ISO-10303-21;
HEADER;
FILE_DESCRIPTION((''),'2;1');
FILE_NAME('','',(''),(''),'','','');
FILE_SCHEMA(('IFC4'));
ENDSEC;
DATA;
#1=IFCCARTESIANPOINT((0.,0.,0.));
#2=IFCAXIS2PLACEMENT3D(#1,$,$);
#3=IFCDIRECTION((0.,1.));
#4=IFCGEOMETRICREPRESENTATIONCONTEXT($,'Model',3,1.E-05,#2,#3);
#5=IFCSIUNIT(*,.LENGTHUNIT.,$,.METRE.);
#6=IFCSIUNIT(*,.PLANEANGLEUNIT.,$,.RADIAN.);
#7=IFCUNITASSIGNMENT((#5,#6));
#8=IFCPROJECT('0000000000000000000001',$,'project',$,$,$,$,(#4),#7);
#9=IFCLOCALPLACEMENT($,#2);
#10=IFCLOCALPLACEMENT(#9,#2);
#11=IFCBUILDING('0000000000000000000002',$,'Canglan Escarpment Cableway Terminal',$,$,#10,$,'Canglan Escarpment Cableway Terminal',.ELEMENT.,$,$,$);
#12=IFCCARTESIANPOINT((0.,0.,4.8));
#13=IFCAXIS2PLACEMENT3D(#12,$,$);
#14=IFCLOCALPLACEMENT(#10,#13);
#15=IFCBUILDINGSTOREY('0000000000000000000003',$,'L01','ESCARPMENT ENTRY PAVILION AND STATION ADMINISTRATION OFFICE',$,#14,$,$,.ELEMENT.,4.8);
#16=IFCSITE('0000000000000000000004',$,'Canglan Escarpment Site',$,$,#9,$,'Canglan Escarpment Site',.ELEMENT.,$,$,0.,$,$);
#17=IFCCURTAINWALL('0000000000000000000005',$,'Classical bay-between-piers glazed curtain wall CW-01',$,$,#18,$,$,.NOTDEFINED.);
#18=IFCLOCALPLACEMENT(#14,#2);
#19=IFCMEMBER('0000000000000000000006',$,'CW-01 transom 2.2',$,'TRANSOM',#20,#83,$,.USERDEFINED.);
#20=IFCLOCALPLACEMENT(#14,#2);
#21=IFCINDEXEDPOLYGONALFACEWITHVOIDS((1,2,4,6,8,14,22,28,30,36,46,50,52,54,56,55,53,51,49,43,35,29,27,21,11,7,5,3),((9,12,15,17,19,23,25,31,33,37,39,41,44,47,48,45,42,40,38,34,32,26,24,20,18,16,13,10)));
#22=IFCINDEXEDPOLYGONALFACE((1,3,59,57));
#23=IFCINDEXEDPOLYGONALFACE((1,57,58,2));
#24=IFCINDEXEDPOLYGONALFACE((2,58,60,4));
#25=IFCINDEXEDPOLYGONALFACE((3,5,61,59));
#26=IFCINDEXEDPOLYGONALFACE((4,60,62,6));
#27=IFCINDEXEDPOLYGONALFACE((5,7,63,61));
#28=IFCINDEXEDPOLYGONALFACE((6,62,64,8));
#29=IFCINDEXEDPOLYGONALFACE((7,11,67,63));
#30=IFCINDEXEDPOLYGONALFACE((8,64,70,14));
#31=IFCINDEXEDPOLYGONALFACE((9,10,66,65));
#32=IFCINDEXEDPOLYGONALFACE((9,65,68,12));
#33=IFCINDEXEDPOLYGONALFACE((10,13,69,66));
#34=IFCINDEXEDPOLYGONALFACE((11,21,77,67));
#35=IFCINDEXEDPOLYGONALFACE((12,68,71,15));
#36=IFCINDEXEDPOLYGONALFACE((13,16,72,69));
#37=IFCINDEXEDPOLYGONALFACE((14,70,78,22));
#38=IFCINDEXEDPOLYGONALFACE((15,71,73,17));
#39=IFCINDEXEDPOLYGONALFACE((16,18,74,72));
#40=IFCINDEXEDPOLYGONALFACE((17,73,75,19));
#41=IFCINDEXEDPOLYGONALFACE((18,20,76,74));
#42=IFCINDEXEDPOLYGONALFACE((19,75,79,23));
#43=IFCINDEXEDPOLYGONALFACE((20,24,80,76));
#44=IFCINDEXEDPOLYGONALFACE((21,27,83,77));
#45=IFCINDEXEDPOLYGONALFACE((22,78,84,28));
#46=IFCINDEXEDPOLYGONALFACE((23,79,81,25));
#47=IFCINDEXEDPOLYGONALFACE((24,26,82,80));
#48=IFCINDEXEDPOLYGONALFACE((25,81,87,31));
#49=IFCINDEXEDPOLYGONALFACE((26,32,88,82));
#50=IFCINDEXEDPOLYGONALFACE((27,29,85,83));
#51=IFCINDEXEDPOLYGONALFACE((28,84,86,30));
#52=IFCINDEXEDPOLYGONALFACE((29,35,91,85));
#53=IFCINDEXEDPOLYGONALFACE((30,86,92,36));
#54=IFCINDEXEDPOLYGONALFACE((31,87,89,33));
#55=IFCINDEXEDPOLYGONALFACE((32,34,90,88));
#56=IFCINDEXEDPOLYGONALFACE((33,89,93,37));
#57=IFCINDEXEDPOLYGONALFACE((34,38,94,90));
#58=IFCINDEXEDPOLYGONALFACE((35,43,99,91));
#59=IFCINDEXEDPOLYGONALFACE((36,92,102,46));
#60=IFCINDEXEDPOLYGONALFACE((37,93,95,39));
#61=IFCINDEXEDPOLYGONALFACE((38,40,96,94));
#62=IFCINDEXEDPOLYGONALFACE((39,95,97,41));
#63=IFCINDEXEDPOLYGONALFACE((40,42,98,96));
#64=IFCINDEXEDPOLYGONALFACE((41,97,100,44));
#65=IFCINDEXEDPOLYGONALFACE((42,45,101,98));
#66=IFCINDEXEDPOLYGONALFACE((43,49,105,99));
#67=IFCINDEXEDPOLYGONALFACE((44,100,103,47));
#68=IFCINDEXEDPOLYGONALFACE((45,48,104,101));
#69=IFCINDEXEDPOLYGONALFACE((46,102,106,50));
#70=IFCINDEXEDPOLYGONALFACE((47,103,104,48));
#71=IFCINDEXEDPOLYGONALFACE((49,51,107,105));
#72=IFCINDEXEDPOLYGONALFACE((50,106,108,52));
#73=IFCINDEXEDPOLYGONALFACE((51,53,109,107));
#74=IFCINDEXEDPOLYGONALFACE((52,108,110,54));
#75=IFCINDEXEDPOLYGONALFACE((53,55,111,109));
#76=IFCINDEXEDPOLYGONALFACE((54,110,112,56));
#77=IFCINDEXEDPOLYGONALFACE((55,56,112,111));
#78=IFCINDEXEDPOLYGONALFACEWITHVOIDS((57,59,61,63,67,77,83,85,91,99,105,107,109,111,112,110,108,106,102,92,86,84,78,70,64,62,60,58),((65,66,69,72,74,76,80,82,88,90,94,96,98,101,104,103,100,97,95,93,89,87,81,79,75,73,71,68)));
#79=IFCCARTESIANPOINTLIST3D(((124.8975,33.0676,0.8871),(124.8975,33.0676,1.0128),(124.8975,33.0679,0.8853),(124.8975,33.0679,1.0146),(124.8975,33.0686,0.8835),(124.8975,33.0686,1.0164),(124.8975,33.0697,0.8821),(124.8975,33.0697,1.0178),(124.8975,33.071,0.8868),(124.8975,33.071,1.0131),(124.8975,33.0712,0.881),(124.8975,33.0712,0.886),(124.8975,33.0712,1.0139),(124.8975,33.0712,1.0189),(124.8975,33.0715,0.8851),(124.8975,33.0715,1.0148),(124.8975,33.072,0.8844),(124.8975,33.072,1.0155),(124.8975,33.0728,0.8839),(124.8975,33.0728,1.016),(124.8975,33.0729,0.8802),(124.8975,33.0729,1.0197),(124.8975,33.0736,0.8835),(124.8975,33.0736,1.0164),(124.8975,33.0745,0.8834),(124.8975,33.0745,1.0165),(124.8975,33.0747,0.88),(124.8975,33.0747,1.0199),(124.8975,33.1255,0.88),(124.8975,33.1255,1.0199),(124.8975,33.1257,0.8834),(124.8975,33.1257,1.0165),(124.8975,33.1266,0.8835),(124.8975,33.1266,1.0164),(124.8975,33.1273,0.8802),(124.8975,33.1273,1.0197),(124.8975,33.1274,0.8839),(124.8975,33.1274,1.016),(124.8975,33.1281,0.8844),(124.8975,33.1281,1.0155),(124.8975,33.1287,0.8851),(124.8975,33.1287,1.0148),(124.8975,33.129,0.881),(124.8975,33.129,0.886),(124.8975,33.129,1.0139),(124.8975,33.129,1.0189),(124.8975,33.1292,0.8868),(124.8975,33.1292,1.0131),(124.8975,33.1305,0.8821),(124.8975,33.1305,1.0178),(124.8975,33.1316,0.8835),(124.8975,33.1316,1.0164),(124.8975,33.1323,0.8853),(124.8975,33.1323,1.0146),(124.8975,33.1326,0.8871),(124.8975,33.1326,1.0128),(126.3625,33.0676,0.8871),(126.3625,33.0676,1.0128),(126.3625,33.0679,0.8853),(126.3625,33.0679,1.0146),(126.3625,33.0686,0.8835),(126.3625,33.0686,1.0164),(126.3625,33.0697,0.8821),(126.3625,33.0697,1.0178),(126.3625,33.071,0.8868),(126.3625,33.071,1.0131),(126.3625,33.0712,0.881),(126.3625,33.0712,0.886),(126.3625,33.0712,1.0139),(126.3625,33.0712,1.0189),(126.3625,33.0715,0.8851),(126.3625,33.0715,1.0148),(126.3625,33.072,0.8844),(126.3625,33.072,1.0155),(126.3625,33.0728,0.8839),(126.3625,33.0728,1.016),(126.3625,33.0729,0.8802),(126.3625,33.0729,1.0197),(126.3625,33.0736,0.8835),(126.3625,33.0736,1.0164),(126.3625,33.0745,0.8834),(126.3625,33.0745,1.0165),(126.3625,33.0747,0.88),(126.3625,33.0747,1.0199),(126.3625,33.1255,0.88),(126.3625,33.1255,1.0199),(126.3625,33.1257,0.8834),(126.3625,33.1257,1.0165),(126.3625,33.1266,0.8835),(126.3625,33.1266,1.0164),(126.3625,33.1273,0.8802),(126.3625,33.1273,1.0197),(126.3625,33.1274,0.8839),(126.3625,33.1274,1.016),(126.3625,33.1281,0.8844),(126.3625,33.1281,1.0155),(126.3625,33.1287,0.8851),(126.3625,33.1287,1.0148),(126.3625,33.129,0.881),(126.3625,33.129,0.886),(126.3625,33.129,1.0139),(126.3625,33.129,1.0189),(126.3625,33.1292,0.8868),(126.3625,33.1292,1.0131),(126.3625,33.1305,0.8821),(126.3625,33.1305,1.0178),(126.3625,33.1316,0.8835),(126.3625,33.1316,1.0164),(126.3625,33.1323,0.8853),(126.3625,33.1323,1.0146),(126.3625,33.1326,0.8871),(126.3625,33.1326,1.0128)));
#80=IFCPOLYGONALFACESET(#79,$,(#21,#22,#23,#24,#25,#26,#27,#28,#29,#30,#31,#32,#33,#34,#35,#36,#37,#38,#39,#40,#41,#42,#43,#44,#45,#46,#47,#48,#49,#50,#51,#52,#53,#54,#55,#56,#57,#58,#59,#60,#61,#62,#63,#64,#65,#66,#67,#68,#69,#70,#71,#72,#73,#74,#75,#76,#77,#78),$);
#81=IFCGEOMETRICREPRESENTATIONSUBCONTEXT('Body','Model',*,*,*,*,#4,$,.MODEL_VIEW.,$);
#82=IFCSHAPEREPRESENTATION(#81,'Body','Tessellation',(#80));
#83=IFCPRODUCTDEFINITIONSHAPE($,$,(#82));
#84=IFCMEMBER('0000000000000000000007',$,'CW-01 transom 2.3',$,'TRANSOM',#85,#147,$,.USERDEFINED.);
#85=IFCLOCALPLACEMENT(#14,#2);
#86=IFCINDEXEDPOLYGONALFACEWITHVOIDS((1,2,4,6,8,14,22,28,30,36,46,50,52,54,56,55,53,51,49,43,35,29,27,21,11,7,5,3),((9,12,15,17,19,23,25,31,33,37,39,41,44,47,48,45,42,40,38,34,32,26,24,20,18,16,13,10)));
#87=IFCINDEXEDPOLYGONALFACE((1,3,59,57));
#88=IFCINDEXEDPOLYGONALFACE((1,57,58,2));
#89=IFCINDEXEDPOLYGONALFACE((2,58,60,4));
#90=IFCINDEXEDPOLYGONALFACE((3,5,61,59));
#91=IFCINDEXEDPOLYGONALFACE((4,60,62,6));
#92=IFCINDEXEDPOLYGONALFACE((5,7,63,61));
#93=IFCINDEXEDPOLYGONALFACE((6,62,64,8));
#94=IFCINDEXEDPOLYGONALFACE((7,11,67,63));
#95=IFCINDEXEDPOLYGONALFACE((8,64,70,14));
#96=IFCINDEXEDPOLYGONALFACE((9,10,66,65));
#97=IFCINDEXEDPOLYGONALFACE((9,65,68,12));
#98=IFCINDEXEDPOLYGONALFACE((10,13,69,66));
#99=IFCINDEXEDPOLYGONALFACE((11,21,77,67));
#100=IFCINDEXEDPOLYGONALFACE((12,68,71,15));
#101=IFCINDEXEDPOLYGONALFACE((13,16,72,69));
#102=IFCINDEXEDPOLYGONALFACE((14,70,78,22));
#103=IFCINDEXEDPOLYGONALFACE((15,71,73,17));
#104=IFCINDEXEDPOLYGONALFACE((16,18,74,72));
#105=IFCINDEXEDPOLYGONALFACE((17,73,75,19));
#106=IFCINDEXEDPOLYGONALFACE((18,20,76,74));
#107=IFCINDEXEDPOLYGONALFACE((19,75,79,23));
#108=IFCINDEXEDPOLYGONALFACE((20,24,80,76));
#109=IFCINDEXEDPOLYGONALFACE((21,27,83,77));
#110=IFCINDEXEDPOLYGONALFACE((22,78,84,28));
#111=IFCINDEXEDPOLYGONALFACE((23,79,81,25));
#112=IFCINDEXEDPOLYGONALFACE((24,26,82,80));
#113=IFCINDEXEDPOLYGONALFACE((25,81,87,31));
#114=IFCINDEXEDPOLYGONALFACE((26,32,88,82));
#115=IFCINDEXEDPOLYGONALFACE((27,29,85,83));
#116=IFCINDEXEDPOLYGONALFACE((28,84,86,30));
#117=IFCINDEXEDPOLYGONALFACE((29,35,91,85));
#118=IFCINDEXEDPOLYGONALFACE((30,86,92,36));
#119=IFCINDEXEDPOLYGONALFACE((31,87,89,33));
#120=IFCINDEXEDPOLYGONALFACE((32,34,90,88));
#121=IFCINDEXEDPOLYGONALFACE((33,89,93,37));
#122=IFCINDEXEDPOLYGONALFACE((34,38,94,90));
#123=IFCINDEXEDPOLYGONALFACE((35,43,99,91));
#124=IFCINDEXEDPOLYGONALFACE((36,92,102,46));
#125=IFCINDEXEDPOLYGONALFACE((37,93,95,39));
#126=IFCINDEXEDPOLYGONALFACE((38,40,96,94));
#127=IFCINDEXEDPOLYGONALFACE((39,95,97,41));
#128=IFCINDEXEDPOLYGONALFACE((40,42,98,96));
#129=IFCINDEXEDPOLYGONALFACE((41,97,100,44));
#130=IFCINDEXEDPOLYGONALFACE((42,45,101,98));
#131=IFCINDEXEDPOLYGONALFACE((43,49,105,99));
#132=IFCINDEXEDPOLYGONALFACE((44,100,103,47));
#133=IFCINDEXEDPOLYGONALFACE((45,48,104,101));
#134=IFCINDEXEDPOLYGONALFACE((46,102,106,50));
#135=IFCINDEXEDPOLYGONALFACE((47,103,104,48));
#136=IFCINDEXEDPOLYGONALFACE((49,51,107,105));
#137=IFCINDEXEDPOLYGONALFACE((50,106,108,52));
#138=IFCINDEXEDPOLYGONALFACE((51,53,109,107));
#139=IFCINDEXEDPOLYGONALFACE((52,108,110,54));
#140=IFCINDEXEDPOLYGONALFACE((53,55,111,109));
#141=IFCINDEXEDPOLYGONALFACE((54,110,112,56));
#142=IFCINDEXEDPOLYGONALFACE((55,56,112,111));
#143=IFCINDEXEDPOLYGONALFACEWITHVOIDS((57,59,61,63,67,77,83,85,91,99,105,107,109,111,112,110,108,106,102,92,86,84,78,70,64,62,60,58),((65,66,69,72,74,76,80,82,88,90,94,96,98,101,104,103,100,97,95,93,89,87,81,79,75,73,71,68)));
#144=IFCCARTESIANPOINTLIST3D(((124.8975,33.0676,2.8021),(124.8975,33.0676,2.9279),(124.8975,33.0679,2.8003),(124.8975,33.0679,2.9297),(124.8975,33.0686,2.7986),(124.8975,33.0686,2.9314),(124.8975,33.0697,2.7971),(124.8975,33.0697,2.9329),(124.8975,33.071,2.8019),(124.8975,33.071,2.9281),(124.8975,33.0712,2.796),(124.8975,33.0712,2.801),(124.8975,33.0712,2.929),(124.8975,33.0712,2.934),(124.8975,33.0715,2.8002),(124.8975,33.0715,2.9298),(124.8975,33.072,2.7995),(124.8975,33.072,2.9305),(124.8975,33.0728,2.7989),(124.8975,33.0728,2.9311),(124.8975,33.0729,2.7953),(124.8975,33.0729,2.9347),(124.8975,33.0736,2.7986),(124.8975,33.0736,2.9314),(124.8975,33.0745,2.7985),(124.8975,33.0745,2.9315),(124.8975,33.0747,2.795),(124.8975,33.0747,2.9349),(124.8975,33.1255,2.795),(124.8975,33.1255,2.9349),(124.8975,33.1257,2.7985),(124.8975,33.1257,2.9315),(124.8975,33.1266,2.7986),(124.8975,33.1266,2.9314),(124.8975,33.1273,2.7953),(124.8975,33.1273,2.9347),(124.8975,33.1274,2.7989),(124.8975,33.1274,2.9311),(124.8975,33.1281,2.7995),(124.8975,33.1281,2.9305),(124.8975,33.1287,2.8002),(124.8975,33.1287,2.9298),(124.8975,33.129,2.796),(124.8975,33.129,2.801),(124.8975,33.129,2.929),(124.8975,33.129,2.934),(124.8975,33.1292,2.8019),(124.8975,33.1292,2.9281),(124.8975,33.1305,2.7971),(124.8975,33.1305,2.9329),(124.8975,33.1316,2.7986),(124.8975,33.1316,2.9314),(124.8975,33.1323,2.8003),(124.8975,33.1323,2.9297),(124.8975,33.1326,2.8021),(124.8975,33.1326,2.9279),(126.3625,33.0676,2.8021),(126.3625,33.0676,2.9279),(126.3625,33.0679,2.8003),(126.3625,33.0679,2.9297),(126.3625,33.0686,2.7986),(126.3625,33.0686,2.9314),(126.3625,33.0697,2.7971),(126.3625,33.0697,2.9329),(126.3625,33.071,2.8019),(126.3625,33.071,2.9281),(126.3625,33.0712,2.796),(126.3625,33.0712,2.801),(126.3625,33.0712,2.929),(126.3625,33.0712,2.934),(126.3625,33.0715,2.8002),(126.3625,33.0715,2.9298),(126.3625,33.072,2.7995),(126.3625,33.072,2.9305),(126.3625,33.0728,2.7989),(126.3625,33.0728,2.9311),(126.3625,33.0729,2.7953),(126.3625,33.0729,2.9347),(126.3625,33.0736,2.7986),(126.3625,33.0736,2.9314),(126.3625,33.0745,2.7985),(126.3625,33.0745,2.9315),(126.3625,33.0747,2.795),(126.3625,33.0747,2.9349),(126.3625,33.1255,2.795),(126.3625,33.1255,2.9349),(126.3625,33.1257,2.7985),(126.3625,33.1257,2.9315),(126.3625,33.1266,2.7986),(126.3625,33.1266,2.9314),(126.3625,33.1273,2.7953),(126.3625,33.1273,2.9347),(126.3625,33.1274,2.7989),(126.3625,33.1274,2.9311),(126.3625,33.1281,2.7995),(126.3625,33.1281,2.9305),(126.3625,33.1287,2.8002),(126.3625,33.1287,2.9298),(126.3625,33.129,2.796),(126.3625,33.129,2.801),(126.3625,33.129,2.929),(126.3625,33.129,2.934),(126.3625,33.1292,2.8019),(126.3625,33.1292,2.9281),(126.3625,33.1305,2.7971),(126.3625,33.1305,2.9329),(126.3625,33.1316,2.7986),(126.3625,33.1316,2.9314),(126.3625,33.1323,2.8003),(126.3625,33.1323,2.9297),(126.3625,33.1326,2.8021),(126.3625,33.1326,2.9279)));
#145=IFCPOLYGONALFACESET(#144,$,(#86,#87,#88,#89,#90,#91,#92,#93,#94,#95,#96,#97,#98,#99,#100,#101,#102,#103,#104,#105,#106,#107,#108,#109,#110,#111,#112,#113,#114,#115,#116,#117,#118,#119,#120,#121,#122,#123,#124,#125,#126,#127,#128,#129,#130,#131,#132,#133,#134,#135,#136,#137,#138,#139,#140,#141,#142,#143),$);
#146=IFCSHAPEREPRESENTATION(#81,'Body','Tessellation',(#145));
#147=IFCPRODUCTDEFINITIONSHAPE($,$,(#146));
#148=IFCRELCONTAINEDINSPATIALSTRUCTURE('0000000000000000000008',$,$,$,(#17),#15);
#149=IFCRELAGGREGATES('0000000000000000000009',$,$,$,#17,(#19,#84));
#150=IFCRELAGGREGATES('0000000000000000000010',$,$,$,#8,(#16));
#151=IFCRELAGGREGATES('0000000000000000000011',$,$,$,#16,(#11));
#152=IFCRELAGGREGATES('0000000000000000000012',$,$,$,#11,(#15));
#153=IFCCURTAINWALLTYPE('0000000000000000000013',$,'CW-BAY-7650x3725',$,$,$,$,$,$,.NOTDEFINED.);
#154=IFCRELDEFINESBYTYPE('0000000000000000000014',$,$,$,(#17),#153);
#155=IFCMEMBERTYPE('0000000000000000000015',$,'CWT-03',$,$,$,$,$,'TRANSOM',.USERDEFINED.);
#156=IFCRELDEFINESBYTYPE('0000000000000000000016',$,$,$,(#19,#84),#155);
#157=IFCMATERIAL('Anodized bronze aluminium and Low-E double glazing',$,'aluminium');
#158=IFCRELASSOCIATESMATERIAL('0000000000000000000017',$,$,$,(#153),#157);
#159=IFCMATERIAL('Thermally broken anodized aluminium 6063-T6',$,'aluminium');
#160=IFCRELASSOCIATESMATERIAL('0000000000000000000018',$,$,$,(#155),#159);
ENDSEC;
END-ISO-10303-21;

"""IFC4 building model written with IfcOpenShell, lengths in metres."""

from ifc_helpers import new_model, si_unit, direction, frame, origin, origin_2d, place, context, subcontext, project, spatial, hollow_rectangle, extrude, material, material_profile, profile_set, type_object, element, aggregate, save


model = new_model("IFC4")

# Units and contexts
model_context = context("Model", 3, precision=1e-05, world=origin(), true_north=direction((0.0, 1.0)))
body_context = subcontext(model_context, "Body", "Model", "MODEL_VIEW")
ifc_project = project(units=[si_unit("LENGTHUNIT", "METRE"), si_unit("PLANEANGLEUNIT", "RADIAN")], contexts=[model_context])

# Site, building, storey
site_placement = place(None, origin())
site = spatial("IfcSite", under=ifc_project, at=site_placement, Name="Canglan Escarpment Site", LongName="Canglan Escarpment Site", CompositionType="ELEMENT", RefElevation=0.0)
building_placement = place(site_placement, origin())
building = spatial("IfcBuilding", under=site, at=building_placement, Name="Canglan Escarpment Cableway Terminal", LongName="Canglan Escarpment Cableway Terminal", CompositionType="ELEMENT")
storey_placement = place(building_placement, frame((0.0, 0.0, 4.8)))
storey = spatial("IfcBuildingStorey", under=building, at=storey_placement, Name="L01", Description="ESCARPMENT ENTRY PAVILION AND STATION ADMINISTRATION OFFICE", CompositionType="ELEMENT", Elevation=4.8)

# Curtain wall, members
ifc_material_1 = material(Name="Anodized bronze aluminium and Low-E double glazing", Category="aluminium")
curtain_wall_type = type_object("IfcCurtainWallType", Name="CW-BAY-7650x3725", PredefinedType="NOTDEFINED", material=ifc_material_1)
curtain_wall_placement = place(storey_placement, origin())
curtain_wall = element("IfcCurtainWall", 1, at=curtain_wall_placement, inside=storey, type_object=curtain_wall_type, Name="Classical bay-between-piers glazed curtain wall CW-01", PredefinedType="NOTDEFINED")
ifc_material_2 = material(Name="Thermally broken anodized aluminium 6063-T6", Category="aluminium")
ifc_material_profile_1 = material_profile(ifc_material_2, hollow_rectangle(XDim=0.0649, YDim=0.1399, WallThickness=0.0034, InnerFilletRadius=0.0034, OuterFilletRadius=0.0071, at=origin_2d()), Name="ALU-TRAN 65x140x3.5")
ifc_profile_set_1 = profile_set([ifc_material_profile_1], Name="Thermally broken anodized aluminium 6063-T6")
member_type_1 = type_object("IfcMemberType", Name="CWT-03", ElementType="TRANSOM", PredefinedType="USERDEFINED", material=ifc_profile_set_1)
member_1_placement = place(storey_placement, frame((126.3625, 33.1001, 0.95), z_axis=(-1.0, 0.0, 0.0), x_axis=(0.0, -1.0, 0.0)))
member_1 = element("IfcMember", 2, at=member_1_placement, type_object=member_type_1, Name="CW-01 transom 2.2", ObjectType="TRANSOM", PredefinedType="USERDEFINED", context=body_context, shape_type="SweptSolid", body=[
    extrude(hollow_rectangle(XDim=0.0649, YDim=0.1399, WallThickness=0.0034, InnerFilletRadius=0.0034, OuterFilletRadius=0.0071, at=origin_2d()), origin(), (0.0, 0.0, 1.0), 1.4651),
])
member_2_placement = place(storey_placement, frame((126.3625, 33.1001, 2.865), z_axis=(-1.0, 0.0, 0.0), x_axis=(0.0, -1.0, 0.0)))
member_2 = element("IfcMember", 3, at=member_2_placement, type_object=member_type_1, Name="CW-01 transom 2.3", ObjectType="TRANSOM", PredefinedType="USERDEFINED", context=body_context, shape_type="SweptSolid", body=[
    extrude(hollow_rectangle(XDim=0.0649, YDim=0.1399, WallThickness=0.0034, InnerFilletRadius=0.0034, OuterFilletRadius=0.0071, at=origin_2d()), origin(), (0.0, 0.0, 1.0), 1.4651),
])

aggregate(curtain_wall, [member_1, member_2])

save(model, "model.ifc")
